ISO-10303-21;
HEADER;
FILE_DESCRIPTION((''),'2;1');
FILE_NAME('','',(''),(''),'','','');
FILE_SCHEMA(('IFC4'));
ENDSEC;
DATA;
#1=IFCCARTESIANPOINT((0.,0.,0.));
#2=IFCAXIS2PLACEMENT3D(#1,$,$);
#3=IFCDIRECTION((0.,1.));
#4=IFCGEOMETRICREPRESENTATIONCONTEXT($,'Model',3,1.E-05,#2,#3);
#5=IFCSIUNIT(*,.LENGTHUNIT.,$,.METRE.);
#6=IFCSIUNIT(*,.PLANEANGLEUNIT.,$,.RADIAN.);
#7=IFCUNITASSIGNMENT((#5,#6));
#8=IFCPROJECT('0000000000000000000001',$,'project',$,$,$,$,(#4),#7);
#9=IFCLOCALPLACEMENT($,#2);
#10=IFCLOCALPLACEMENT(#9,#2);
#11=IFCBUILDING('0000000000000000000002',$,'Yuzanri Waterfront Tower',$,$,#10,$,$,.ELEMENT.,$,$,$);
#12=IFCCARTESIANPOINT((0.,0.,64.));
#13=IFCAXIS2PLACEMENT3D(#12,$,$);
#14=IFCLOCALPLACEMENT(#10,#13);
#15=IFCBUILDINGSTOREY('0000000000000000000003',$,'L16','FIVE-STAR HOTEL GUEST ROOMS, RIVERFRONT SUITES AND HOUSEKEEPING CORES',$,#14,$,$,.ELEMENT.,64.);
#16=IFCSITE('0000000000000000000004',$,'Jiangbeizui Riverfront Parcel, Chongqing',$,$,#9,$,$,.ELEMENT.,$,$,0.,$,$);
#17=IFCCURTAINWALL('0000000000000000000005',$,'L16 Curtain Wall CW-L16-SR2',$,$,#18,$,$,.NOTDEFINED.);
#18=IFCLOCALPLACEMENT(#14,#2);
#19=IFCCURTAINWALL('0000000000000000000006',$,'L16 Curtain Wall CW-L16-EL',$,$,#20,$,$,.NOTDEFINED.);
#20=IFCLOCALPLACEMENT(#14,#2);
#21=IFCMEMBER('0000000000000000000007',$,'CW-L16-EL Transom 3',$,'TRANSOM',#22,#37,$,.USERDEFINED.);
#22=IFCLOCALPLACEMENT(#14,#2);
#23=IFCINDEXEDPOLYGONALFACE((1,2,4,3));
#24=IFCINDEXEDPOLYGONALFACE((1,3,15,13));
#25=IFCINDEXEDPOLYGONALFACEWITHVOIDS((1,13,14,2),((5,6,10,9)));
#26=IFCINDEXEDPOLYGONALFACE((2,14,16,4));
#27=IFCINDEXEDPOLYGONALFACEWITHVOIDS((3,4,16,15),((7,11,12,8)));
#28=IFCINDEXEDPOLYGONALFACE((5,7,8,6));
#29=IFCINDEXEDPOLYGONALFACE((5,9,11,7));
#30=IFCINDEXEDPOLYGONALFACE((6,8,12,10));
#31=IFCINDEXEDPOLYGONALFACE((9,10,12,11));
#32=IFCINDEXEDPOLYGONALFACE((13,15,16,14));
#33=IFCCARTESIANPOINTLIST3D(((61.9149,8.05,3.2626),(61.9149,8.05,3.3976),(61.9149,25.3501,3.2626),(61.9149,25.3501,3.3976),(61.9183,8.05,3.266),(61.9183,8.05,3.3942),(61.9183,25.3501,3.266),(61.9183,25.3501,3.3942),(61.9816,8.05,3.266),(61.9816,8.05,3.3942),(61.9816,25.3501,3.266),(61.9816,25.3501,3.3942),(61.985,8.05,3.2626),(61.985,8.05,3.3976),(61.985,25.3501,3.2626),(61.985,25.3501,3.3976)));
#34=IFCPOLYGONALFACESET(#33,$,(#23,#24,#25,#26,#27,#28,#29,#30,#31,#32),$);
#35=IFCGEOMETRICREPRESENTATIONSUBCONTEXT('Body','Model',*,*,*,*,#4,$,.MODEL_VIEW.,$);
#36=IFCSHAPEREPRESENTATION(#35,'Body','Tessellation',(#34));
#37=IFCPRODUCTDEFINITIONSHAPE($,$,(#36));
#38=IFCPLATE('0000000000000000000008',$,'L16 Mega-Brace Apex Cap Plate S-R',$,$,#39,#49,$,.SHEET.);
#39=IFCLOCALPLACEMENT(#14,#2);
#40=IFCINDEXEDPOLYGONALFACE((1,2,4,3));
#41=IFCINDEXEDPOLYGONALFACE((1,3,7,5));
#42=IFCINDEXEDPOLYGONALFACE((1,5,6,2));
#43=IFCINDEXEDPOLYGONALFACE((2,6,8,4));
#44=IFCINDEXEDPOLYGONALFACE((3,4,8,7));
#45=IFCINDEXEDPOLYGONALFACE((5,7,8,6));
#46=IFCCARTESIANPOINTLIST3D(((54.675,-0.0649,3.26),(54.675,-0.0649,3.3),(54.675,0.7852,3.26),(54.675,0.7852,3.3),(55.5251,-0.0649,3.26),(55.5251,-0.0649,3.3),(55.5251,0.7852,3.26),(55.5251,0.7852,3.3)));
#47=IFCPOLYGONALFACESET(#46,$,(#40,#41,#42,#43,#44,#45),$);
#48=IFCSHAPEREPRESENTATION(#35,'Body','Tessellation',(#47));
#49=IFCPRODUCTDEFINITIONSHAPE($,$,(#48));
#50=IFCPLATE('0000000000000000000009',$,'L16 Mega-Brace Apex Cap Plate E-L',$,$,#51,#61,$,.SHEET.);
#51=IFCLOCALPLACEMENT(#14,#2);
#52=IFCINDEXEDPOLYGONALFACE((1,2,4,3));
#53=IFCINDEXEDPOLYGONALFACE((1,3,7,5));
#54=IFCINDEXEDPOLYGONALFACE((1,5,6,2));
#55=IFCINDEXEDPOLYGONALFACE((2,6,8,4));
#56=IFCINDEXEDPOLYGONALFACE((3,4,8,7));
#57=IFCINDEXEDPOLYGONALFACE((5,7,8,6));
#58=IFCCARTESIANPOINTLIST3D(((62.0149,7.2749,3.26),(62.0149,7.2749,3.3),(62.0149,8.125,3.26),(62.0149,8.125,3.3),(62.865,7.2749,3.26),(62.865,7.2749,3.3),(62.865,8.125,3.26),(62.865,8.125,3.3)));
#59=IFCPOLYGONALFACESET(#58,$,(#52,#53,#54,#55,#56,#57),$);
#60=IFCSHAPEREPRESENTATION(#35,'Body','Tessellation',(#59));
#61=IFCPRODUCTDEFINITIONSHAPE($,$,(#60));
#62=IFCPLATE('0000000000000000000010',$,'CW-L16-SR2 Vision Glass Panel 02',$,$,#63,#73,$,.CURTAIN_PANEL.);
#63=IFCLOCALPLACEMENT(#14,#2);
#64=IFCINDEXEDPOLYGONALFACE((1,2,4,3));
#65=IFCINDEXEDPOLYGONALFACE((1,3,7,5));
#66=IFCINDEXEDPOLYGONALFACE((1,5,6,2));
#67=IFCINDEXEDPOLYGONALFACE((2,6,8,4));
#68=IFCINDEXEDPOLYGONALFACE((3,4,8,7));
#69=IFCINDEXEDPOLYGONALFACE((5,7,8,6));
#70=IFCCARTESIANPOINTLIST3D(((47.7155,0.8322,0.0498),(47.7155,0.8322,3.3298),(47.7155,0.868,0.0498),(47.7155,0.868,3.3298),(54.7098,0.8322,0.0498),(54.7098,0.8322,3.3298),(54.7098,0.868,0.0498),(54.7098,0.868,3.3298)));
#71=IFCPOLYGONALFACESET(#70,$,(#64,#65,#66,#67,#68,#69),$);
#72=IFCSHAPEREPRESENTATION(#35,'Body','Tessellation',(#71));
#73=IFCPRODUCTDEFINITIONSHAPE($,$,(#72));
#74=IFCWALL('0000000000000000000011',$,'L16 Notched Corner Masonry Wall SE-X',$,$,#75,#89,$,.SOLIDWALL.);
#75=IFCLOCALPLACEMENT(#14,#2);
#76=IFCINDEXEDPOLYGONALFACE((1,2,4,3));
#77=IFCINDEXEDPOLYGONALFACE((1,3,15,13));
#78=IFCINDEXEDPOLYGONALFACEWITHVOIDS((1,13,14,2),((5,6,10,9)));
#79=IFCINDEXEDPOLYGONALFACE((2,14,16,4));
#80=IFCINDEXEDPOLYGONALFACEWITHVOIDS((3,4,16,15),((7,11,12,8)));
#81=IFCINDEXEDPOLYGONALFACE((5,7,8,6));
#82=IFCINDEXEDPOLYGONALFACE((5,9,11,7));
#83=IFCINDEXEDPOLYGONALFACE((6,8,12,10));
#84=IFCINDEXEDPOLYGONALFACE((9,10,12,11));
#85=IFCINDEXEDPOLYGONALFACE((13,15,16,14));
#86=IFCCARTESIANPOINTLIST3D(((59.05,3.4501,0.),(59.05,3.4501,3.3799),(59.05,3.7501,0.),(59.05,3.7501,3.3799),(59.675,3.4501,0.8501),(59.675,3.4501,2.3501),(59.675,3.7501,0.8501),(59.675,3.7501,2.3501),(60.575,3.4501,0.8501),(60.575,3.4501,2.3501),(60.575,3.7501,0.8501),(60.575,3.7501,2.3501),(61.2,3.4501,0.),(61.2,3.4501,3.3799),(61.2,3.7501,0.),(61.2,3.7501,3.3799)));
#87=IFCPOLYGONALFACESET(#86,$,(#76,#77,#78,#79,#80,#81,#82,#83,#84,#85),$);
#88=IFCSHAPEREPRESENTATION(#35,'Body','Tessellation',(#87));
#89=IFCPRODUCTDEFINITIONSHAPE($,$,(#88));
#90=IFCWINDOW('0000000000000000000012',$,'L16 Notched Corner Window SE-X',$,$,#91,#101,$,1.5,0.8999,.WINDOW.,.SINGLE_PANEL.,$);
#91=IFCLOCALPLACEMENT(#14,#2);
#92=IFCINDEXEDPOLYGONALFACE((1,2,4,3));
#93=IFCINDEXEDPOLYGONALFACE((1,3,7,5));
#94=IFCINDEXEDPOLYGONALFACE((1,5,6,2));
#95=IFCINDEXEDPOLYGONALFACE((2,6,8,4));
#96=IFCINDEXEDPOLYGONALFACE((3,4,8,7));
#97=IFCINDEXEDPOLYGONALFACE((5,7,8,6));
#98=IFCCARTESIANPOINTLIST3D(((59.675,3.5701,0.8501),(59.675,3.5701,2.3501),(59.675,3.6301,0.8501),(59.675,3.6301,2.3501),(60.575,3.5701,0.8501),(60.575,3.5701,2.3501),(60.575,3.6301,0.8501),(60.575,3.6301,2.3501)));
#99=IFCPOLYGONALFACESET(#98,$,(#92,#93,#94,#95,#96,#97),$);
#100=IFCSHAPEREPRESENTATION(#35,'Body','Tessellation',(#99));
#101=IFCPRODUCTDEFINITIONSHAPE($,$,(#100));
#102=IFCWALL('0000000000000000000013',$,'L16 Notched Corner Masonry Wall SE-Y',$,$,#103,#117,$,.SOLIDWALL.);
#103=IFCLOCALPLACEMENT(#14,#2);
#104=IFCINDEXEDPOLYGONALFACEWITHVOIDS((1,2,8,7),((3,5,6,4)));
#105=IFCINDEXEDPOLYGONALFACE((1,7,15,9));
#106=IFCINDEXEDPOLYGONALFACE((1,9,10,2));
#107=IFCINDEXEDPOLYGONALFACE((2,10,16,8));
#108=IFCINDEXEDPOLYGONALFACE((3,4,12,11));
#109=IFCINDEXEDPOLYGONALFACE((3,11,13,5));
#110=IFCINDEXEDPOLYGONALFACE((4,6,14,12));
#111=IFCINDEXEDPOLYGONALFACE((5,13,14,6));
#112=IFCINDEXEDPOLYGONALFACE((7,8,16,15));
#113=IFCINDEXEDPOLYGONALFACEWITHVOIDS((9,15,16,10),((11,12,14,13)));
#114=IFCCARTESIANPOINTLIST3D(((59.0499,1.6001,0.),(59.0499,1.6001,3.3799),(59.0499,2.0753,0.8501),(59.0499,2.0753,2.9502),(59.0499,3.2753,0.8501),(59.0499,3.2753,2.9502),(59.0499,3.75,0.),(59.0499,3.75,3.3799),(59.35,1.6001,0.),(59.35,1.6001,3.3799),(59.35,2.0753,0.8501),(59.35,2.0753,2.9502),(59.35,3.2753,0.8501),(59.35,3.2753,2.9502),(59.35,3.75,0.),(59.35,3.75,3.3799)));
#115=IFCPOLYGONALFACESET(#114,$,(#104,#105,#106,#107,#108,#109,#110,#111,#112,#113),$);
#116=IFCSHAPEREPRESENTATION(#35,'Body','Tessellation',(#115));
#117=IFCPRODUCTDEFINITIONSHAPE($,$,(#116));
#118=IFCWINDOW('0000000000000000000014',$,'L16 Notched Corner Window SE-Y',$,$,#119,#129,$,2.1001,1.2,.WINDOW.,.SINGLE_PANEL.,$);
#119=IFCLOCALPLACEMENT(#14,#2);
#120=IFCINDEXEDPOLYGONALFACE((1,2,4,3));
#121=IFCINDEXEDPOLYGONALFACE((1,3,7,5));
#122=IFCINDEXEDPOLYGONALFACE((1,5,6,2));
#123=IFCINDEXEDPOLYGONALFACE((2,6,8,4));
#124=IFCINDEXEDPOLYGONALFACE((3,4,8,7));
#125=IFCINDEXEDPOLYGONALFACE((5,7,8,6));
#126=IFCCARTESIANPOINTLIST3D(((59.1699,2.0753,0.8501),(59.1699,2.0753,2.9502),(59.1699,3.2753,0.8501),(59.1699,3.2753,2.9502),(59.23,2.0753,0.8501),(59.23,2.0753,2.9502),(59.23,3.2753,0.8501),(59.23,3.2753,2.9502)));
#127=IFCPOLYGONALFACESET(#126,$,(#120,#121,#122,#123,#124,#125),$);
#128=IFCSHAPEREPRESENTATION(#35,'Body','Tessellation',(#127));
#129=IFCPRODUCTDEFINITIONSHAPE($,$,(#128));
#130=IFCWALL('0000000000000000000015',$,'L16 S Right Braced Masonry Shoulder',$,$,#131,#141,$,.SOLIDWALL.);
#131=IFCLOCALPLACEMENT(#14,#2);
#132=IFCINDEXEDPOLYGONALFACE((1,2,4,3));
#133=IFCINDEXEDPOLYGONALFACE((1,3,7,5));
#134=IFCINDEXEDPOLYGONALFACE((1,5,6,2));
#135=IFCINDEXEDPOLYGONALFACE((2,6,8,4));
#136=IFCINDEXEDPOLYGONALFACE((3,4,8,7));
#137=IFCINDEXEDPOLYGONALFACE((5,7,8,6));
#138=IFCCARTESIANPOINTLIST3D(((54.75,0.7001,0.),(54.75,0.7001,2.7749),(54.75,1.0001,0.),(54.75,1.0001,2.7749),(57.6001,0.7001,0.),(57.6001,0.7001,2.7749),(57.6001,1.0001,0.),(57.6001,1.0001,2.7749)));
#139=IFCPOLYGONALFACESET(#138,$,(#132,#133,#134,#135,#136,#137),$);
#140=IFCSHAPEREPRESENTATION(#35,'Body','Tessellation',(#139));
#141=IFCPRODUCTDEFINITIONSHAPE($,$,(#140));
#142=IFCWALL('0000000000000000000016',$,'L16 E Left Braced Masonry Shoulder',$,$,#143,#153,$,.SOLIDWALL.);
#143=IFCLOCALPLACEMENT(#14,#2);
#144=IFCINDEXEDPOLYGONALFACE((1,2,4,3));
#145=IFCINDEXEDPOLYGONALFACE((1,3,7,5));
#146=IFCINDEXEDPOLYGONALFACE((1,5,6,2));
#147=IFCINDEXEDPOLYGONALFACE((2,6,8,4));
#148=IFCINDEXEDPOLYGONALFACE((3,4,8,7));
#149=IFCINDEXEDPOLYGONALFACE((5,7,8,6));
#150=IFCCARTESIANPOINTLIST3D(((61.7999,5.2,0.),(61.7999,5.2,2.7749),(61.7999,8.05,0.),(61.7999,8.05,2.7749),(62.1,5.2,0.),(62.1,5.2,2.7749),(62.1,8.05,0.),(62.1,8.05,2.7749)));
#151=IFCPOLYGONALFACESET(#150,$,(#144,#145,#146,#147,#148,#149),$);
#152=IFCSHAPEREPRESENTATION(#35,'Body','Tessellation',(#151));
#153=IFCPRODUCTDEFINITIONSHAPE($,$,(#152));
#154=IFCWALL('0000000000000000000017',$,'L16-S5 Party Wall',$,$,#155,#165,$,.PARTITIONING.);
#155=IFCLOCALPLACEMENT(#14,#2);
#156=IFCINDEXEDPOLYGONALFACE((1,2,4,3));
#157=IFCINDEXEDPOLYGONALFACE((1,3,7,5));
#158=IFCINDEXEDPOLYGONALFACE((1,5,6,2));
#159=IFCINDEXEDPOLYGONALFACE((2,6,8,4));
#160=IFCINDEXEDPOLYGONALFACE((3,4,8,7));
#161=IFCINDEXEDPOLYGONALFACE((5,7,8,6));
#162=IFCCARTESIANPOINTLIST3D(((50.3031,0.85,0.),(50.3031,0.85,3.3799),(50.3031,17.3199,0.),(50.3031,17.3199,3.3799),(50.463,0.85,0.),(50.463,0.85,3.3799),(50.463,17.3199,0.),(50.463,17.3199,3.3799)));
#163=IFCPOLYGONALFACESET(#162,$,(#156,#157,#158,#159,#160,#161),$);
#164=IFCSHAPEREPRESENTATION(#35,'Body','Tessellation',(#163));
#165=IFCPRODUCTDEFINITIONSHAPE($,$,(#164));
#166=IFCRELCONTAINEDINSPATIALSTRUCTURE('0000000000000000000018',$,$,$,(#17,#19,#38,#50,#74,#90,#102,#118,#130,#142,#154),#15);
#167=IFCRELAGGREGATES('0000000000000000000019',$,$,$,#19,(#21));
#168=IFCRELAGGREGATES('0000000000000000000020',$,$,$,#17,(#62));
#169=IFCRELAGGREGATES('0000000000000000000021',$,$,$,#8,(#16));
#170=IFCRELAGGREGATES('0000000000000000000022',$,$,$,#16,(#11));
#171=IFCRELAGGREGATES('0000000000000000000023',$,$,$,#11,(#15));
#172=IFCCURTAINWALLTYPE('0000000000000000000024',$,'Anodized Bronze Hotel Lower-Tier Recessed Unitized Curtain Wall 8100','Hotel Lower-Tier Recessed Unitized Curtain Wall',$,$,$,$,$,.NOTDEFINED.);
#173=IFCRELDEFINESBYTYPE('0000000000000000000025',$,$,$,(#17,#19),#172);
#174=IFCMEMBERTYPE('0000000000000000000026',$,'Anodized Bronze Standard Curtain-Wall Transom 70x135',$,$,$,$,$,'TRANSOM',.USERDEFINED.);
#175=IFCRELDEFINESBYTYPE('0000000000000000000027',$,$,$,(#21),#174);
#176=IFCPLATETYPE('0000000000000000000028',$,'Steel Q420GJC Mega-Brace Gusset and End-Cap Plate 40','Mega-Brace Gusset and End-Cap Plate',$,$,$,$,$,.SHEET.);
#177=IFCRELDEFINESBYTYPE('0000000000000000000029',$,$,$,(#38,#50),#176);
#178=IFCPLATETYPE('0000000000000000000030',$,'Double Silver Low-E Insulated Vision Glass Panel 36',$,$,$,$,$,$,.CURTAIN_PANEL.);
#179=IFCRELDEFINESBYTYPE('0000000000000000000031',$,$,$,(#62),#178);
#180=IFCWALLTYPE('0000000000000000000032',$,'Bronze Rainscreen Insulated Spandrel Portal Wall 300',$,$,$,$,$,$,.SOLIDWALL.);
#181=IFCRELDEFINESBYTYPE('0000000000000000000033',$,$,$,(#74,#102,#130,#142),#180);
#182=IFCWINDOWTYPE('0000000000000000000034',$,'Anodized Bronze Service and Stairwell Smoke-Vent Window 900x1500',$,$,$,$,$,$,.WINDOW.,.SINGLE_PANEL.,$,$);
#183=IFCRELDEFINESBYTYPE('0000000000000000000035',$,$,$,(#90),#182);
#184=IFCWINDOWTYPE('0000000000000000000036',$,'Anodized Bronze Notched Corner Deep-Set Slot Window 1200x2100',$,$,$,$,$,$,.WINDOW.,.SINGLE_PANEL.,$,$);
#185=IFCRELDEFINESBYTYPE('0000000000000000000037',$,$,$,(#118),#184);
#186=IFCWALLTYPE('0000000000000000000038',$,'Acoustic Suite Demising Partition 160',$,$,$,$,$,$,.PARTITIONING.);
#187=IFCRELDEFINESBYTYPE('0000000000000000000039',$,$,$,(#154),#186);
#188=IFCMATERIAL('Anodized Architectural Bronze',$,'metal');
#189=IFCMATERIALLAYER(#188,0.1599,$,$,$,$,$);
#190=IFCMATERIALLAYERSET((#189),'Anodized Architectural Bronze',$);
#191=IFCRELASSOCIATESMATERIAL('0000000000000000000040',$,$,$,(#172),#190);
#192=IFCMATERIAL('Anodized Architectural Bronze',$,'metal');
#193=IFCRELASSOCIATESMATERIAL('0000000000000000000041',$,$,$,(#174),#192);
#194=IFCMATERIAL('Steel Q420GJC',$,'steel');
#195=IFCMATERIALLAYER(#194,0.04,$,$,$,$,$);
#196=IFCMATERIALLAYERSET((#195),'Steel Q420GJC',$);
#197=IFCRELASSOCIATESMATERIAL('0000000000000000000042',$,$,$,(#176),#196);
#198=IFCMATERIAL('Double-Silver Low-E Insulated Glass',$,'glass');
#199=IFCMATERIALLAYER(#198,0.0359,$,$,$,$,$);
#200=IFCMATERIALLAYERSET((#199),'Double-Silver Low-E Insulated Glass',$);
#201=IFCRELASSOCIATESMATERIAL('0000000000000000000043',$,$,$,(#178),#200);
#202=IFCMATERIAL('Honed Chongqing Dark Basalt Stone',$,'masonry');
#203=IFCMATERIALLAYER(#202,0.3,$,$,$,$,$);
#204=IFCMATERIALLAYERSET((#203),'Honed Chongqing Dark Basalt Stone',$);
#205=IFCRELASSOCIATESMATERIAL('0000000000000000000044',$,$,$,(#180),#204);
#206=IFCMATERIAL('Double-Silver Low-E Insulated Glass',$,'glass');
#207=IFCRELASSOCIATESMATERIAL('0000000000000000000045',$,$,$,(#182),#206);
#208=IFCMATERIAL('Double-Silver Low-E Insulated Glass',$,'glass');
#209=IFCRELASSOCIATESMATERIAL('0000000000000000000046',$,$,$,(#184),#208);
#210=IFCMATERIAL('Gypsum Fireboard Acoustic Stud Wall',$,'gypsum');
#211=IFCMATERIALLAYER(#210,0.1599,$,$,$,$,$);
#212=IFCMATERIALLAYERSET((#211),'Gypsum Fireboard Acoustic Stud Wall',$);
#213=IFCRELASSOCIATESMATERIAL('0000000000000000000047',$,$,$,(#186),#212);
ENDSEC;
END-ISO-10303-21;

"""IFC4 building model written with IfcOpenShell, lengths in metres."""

from ifc_helpers import new_model, si_unit, direction, frame, frame_2d, origin, origin_2d, place, context, subcontext, project, spatial, rectangle, hollow_rectangle, extrude, source, transform, mapped, material, layer, layer_set, material_profile, profile_set, type_object, element, fill, aggregate, save


model = new_model("IFC4")

# Units and contexts
model_context = context("Model", 3, precision=1e-05, world=origin(), true_north=direction((0.0, 1.0)))
body_context = subcontext(model_context, "Body", "Model", "MODEL_VIEW")
ifc_project = project(units=[si_unit("LENGTHUNIT", "METRE"), si_unit("PLANEANGLEUNIT", "RADIAN")], contexts=[model_context])

# Site, building, storey
site_placement = place(None, origin())
site = spatial("IfcSite", under=ifc_project, at=site_placement, Name="Jiangbeizui Riverfront Parcel, Chongqing", CompositionType="ELEMENT", RefElevation=0.0)
building_placement = place(site_placement, origin())
building = spatial("IfcBuilding", under=site, at=building_placement, Name="Yuzanri Waterfront Tower", CompositionType="ELEMENT")
storey_placement = place(building_placement, frame((0.0, 0.0, 64.0)))
storey = spatial("IfcBuildingStorey", under=building, at=storey_placement, Name="L16", Description="FIVE-STAR HOTEL GUEST ROOMS, RIVERFRONT SUITES AND HOUSEKEEPING CORES", CompositionType="ELEMENT", Elevation=64.0)

# Curtain walls, member
ifc_material_1 = material(Name="Anodized Architectural Bronze", Category="metal")
ifc_layer_1 = layer(ifc_material_1, 0.1599)
ifc_layer_set_1 = layer_set([ifc_layer_1], Name="Anodized Architectural Bronze")
curtain_wall_type = type_object("IfcCurtainWallType", Name="Anodized Bronze Hotel Lower-Tier Recessed Unitized Curtain Wall 8100", Description="Hotel Lower-Tier Recessed Unitized Curtain Wall", PredefinedType="NOTDEFINED", material=ifc_layer_set_1)
curtain_wall_1_placement = place(storey_placement, origin())
curtain_wall_1 = element("IfcCurtainWall", 1, at=curtain_wall_1_placement, inside=storey, type_object=curtain_wall_type, Name="L16 Curtain Wall CW-L16-SR2", PredefinedType="NOTDEFINED")
curtain_wall_2_placement = place(storey_placement, origin())
curtain_wall_2 = element("IfcCurtainWall", 2, at=curtain_wall_2_placement, inside=storey, type_object=curtain_wall_type, Name="L16 Curtain Wall CW-L16-EL", PredefinedType="NOTDEFINED")
ifc_material_2 = material(Name="Anodized Architectural Bronze", Category="metal")
ifc_material_profile_1 = material_profile(ifc_material_2, hollow_rectangle(XDim=0.0701, YDim=0.135, WallThickness=0.0034, at=origin_2d()), Name="CWT 70x135")
ifc_profile_set_1 = profile_set([ifc_material_profile_1], Name="Anodized Architectural Bronze")
member_type_1 = type_object("IfcMemberType", Name="Anodized Bronze Standard Curtain-Wall Transom 70x135", ElementType="TRANSOM", PredefinedType="USERDEFINED", material=ifc_profile_set_1)
shared_shape_1 = source(origin(), body_context, "Body", "SweptSolid", [
    extrude(hollow_rectangle(XDim=0.0701, YDim=0.135, WallThickness=0.0034, at=origin_2d()), origin(), (0.0, 0.0, 1.0), 17.3),
])
member_1_placement = place(storey_placement, frame((61.95, 8.05, 3.3301), z_axis=(0.0, 1.0, 0.0), x_axis=(-1.0, 0.0, 0.0)))
member_1 = element("IfcMember", 3, at=member_1_placement, type_object=member_type_1, Name="CW-L16-EL Transom 3", ObjectType="TRANSOM", PredefinedType="USERDEFINED", context=body_context, shape_type="MappedRepresentation", body=[
    mapped(shared_shape_1, transform((0.0, 0.0, 0.0), scale=1.0)),
])
aggregate(curtain_wall_2, [member_1])

# Plates
ifc_material_3 = material(Name="Steel Q420GJC", Category="steel")
ifc_layer_2 = layer(ifc_material_3, 0.04)
ifc_layer_set_2 = layer_set([ifc_layer_2], Name="Steel Q420GJC")
plate_type_1 = type_object("IfcPlateType", Name="Steel Q420GJC Mega-Brace Gusset and End-Cap Plate 40", Description="Mega-Brace Gusset and End-Cap Plate", PredefinedType="SHEET", material=ifc_layer_set_2)
shared_shape_2 = source(origin(), body_context, "Body", "SweptSolid", [
    extrude(rectangle(XDim=0.8501, YDim=0.8501, at=origin_2d()), origin(), (0.0, 0.0, 1.0), 0.04),
])
for number, where, z_axis, x_axis, name in (
    (4, (55.1001, 0.3601, 3.26), (0.0, 0.0, 1.0), (1.0, 0.0, 0.0), "L16 Mega-Brace Apex Cap Plate S-R"),
    (5, (62.4399, 7.7, 3.26), (0.0, 0.0, 1.0), (1.0, 0.0, 0.0), "L16 Mega-Brace Apex Cap Plate E-L"),
):
    element("IfcPlate", number, at=place(storey_placement, frame(where, z_axis=z_axis, x_axis=x_axis)), inside=storey, type_object=plate_type_1, Name=name, PredefinedType="SHEET", context=body_context, shape_type="MappedRepresentation", body=[
        mapped(shared_shape_2, transform((0.0, 0.0, 0.0), scale=1.0)),
    ])

# Plate
ifc_material_4 = material(Name="Double-Silver Low-E Insulated Glass", Category="glass")
ifc_layer_3 = layer(ifc_material_4, 0.0359)
ifc_layer_set_3 = layer_set([ifc_layer_3], Name="Double-Silver Low-E Insulated Glass")
plate_type_2 = type_object("IfcPlateType", Name="Double Silver Low-E Insulated Vision Glass Panel 36", PredefinedType="CURTAIN_PANEL", material=ifc_layer_set_3)
shared_shape_3 = source(origin(), body_context, "Body", "SweptSolid", [
    extrude(rectangle(XDim=6.9944, YDim=0.0359, at=origin_2d()), origin(), (0.0, 0.0, 1.0), 3.28),
])
plate_placement = place(storey_placement, frame((51.2126, 0.8501, 0.0498), z_axis=(0.0, 0.0, 1.0), x_axis=(1.0, 0.0, 0.0)))
plate = element("IfcPlate", 6, at=plate_placement, type_object=plate_type_2, Name="CW-L16-SR2 Vision Glass Panel 02", PredefinedType="CURTAIN_PANEL", context=body_context, shape_type="MappedRepresentation", body=[
    mapped(shared_shape_3, transform((0.0, 0.0, 0.0), scale=1.0)),
])
aggregate(curtain_wall_1, [plate])

# Walls, openings, windows
ifc_material_5 = material(Name="Honed Chongqing Dark Basalt Stone", Category="masonry")
ifc_layer_4 = layer(ifc_material_5, 0.3)
ifc_layer_set_4 = layer_set([ifc_layer_4], Name="Honed Chongqing Dark Basalt Stone")
wall_type_1 = type_object("IfcWallType", Name="Bronze Rainscreen Insulated Spandrel Portal Wall 300", PredefinedType="SOLIDWALL", material=ifc_layer_set_4)
wall_1_placement = place(storey_placement, frame((59.05, 3.6001, 0.0), z_axis=(0.0, 0.0, 1.0), x_axis=(1.0, 0.0, 0.0)))
wall_1 = element("IfcWall", 7, at=wall_1_placement, inside=storey, type_object=wall_type_1, Name="L16 Notched Corner Masonry Wall SE-X", PredefinedType="SOLIDWALL", context=body_context, shape_type="SweptSolid", body=[
    extrude(rectangle(XDim=2.1499, YDim=0.3, at=frame_2d((1.075, 0.0))), origin(), (0.0, 0.0, 1.0), 3.3799),
])
opening_1_placement = place(wall_1_placement, frame((0.625, 0.0, 0.8501)))
opening_1 = element("IfcOpeningElement", 8, at=opening_1_placement, cuts=wall_1, PredefinedType="OPENING", context=body_context, shape_type="SweptSolid", body=[
    extrude(rectangle(XDim=0.8999, YDim=1.5, at=frame_2d((0.45, 0.75))), frame((0.0, 0.165, 0.0), z_axis=(0.0, -1.0, 0.0), x_axis=(1.0, 0.0, 0.0)), (0.0, 0.0, 1.0), 0.3298),
])
ifc_material_6 = material(Name="Double-Silver Low-E Insulated Glass", Category="glass")
window_type_1 = type_object("IfcWindowType", Name="Anodized Bronze Service and Stairwell Smoke-Vent Window 900x1500", PartitioningType="SINGLE_PANEL", PredefinedType="WINDOW", material=ifc_material_6)
shared_shape_4 = source(origin(), body_context, "Body", "SweptSolid", [
    extrude(rectangle(XDim=0.8999, YDim=1.5, at=frame_2d((0.45, 0.75))), frame((0.0, 0.03, 0.0), z_axis=(0.0, -1.0, 0.0), x_axis=(1.0, 0.0, 0.0)), (0.0, 0.0, 1.0), 0.0601),
])
window_1_placement = place(opening_1_placement, origin())
window_1 = element("IfcWindow", 9, at=window_1_placement, inside=storey, type_object=window_type_1, Name="L16 Notched Corner Window SE-X", OverallHeight=1.5, OverallWidth=0.8999, PartitioningType="SINGLE_PANEL", PredefinedType="WINDOW", context=body_context, shape_type="MappedRepresentation", body=[
    mapped(shared_shape_4, transform((0.0, 0.0, 0.0), scale=1.0)),
])
fill(opening_1, window_1)
wall_2_placement = place(storey_placement, frame((59.2, 1.6001, 0.0), z_axis=(0.0, 0.0, 1.0), x_axis=(0.0, 1.0, 0.0)))
wall_2 = element("IfcWall", 10, at=wall_2_placement, inside=storey, type_object=wall_type_1, Name="L16 Notched Corner Masonry Wall SE-Y", PredefinedType="SOLIDWALL", context=body_context, shape_type="SweptSolid", body=[
    extrude(rectangle(XDim=2.1499, YDim=0.3, at=frame_2d((1.075, 0.0))), origin(), (0.0, 0.0, 1.0), 3.3799),
])
opening_2_placement = place(wall_2_placement, frame((0.4751, 0.0, 0.8501)))
opening_2 = element("IfcOpeningElement", 11, at=opening_2_placement, cuts=wall_2, PredefinedType="OPENING", context=body_context, shape_type="SweptSolid", body=[
    extrude(rectangle(XDim=1.2, YDim=2.1001, at=frame_2d((0.6001, 1.05))), frame((0.0, 0.165, 0.0), z_axis=(0.0, -1.0, 0.0), x_axis=(1.0, 0.0, 0.0)), (0.0, 0.0, 1.0), 0.3298),
])
ifc_material_7 = material(Name="Double-Silver Low-E Insulated Glass", Category="glass")
window_type_2 = type_object("IfcWindowType", Name="Anodized Bronze Notched Corner Deep-Set Slot Window 1200x2100", PartitioningType="SINGLE_PANEL", PredefinedType="WINDOW", material=ifc_material_7)
shared_shape_5 = source(origin(), body_context, "Body", "SweptSolid", [
    extrude(rectangle(XDim=1.2, YDim=2.1001, at=frame_2d((0.6001, 1.05))), frame((0.0, 0.03, 0.0), z_axis=(0.0, -1.0, 0.0), x_axis=(1.0, 0.0, 0.0)), (0.0, 0.0, 1.0), 0.0601),
])
window_2_placement = place(opening_2_placement, origin())
window_2 = element("IfcWindow", 12, at=window_2_placement, inside=storey, type_object=window_type_2, Name="L16 Notched Corner Window SE-Y", OverallHeight=2.1001, OverallWidth=1.2, PartitioningType="SINGLE_PANEL", PredefinedType="WINDOW", context=body_context, shape_type="MappedRepresentation", body=[
    mapped(shared_shape_5, transform((0.0, 0.0, 0.0), scale=1.0)),
])
fill(opening_2, window_2)

# Walls
shared_shape_6 = source(origin(), body_context, "Body", "SweptSolid", [
    extrude(rectangle(XDim=2.8501, YDim=0.3, at=frame_2d((1.425, 0.0))), origin(), (0.0, 0.0, 1.0), 2.7749),
])
for number, where, z_axis, x_axis, name in (
    (13, (54.75, 0.8501, 0.0), (0.0, 0.0, 1.0), (1.0, 0.0, 0.0), "L16 S Right Braced Masonry Shoulder"),
    (14, (61.95, 5.2, 0.0), (0.0, 0.0, 1.0), (0.0, 1.0, 0.0), "L16 E Left Braced Masonry Shoulder"),
):
    element("IfcWall", number, at=place(storey_placement, frame(where, z_axis=z_axis, x_axis=x_axis)), inside=storey, type_object=wall_type_1, Name=name, PredefinedType="SOLIDWALL", context=body_context, shape_type="MappedRepresentation", body=[
        mapped(shared_shape_6, transform((0.0, 0.0, 0.0), scale=1.0)),
    ])
ifc_material_8 = material(Name="Gypsum Fireboard Acoustic Stud Wall", Category="gypsum")
ifc_layer_5 = layer(ifc_material_8, 0.1599)
ifc_layer_set_5 = layer_set([ifc_layer_5], Name="Gypsum Fireboard Acoustic Stud Wall")
wall_type_2 = type_object("IfcWallType", Name="Acoustic Suite Demising Partition 160", PredefinedType="PARTITIONING", material=ifc_layer_set_5)
shared_shape_7 = source(origin(), body_context, "Body", "SweptSolid", [
    extrude(rectangle(XDim=16.47, YDim=0.1599, at=frame_2d((8.2349, 0.0))), origin(), (0.0, 0.0, 1.0), 3.3799),
])
wall_3_placement = place(storey_placement, frame((50.3831, 0.8501, 0.0), z_axis=(0.0, 0.0, 1.0), x_axis=(0.0, 1.0, 0.0)))
element("IfcWall", 15, at=wall_3_placement, inside=storey, type_object=wall_type_2, Name="L16-S5 Party Wall", PredefinedType="PARTITIONING", context=body_context, shape_type="MappedRepresentation", body=[
    mapped(shared_shape_7, transform((0.0, 0.0, 0.0), scale=1.0)),
])

save(model, "model.ifc")
